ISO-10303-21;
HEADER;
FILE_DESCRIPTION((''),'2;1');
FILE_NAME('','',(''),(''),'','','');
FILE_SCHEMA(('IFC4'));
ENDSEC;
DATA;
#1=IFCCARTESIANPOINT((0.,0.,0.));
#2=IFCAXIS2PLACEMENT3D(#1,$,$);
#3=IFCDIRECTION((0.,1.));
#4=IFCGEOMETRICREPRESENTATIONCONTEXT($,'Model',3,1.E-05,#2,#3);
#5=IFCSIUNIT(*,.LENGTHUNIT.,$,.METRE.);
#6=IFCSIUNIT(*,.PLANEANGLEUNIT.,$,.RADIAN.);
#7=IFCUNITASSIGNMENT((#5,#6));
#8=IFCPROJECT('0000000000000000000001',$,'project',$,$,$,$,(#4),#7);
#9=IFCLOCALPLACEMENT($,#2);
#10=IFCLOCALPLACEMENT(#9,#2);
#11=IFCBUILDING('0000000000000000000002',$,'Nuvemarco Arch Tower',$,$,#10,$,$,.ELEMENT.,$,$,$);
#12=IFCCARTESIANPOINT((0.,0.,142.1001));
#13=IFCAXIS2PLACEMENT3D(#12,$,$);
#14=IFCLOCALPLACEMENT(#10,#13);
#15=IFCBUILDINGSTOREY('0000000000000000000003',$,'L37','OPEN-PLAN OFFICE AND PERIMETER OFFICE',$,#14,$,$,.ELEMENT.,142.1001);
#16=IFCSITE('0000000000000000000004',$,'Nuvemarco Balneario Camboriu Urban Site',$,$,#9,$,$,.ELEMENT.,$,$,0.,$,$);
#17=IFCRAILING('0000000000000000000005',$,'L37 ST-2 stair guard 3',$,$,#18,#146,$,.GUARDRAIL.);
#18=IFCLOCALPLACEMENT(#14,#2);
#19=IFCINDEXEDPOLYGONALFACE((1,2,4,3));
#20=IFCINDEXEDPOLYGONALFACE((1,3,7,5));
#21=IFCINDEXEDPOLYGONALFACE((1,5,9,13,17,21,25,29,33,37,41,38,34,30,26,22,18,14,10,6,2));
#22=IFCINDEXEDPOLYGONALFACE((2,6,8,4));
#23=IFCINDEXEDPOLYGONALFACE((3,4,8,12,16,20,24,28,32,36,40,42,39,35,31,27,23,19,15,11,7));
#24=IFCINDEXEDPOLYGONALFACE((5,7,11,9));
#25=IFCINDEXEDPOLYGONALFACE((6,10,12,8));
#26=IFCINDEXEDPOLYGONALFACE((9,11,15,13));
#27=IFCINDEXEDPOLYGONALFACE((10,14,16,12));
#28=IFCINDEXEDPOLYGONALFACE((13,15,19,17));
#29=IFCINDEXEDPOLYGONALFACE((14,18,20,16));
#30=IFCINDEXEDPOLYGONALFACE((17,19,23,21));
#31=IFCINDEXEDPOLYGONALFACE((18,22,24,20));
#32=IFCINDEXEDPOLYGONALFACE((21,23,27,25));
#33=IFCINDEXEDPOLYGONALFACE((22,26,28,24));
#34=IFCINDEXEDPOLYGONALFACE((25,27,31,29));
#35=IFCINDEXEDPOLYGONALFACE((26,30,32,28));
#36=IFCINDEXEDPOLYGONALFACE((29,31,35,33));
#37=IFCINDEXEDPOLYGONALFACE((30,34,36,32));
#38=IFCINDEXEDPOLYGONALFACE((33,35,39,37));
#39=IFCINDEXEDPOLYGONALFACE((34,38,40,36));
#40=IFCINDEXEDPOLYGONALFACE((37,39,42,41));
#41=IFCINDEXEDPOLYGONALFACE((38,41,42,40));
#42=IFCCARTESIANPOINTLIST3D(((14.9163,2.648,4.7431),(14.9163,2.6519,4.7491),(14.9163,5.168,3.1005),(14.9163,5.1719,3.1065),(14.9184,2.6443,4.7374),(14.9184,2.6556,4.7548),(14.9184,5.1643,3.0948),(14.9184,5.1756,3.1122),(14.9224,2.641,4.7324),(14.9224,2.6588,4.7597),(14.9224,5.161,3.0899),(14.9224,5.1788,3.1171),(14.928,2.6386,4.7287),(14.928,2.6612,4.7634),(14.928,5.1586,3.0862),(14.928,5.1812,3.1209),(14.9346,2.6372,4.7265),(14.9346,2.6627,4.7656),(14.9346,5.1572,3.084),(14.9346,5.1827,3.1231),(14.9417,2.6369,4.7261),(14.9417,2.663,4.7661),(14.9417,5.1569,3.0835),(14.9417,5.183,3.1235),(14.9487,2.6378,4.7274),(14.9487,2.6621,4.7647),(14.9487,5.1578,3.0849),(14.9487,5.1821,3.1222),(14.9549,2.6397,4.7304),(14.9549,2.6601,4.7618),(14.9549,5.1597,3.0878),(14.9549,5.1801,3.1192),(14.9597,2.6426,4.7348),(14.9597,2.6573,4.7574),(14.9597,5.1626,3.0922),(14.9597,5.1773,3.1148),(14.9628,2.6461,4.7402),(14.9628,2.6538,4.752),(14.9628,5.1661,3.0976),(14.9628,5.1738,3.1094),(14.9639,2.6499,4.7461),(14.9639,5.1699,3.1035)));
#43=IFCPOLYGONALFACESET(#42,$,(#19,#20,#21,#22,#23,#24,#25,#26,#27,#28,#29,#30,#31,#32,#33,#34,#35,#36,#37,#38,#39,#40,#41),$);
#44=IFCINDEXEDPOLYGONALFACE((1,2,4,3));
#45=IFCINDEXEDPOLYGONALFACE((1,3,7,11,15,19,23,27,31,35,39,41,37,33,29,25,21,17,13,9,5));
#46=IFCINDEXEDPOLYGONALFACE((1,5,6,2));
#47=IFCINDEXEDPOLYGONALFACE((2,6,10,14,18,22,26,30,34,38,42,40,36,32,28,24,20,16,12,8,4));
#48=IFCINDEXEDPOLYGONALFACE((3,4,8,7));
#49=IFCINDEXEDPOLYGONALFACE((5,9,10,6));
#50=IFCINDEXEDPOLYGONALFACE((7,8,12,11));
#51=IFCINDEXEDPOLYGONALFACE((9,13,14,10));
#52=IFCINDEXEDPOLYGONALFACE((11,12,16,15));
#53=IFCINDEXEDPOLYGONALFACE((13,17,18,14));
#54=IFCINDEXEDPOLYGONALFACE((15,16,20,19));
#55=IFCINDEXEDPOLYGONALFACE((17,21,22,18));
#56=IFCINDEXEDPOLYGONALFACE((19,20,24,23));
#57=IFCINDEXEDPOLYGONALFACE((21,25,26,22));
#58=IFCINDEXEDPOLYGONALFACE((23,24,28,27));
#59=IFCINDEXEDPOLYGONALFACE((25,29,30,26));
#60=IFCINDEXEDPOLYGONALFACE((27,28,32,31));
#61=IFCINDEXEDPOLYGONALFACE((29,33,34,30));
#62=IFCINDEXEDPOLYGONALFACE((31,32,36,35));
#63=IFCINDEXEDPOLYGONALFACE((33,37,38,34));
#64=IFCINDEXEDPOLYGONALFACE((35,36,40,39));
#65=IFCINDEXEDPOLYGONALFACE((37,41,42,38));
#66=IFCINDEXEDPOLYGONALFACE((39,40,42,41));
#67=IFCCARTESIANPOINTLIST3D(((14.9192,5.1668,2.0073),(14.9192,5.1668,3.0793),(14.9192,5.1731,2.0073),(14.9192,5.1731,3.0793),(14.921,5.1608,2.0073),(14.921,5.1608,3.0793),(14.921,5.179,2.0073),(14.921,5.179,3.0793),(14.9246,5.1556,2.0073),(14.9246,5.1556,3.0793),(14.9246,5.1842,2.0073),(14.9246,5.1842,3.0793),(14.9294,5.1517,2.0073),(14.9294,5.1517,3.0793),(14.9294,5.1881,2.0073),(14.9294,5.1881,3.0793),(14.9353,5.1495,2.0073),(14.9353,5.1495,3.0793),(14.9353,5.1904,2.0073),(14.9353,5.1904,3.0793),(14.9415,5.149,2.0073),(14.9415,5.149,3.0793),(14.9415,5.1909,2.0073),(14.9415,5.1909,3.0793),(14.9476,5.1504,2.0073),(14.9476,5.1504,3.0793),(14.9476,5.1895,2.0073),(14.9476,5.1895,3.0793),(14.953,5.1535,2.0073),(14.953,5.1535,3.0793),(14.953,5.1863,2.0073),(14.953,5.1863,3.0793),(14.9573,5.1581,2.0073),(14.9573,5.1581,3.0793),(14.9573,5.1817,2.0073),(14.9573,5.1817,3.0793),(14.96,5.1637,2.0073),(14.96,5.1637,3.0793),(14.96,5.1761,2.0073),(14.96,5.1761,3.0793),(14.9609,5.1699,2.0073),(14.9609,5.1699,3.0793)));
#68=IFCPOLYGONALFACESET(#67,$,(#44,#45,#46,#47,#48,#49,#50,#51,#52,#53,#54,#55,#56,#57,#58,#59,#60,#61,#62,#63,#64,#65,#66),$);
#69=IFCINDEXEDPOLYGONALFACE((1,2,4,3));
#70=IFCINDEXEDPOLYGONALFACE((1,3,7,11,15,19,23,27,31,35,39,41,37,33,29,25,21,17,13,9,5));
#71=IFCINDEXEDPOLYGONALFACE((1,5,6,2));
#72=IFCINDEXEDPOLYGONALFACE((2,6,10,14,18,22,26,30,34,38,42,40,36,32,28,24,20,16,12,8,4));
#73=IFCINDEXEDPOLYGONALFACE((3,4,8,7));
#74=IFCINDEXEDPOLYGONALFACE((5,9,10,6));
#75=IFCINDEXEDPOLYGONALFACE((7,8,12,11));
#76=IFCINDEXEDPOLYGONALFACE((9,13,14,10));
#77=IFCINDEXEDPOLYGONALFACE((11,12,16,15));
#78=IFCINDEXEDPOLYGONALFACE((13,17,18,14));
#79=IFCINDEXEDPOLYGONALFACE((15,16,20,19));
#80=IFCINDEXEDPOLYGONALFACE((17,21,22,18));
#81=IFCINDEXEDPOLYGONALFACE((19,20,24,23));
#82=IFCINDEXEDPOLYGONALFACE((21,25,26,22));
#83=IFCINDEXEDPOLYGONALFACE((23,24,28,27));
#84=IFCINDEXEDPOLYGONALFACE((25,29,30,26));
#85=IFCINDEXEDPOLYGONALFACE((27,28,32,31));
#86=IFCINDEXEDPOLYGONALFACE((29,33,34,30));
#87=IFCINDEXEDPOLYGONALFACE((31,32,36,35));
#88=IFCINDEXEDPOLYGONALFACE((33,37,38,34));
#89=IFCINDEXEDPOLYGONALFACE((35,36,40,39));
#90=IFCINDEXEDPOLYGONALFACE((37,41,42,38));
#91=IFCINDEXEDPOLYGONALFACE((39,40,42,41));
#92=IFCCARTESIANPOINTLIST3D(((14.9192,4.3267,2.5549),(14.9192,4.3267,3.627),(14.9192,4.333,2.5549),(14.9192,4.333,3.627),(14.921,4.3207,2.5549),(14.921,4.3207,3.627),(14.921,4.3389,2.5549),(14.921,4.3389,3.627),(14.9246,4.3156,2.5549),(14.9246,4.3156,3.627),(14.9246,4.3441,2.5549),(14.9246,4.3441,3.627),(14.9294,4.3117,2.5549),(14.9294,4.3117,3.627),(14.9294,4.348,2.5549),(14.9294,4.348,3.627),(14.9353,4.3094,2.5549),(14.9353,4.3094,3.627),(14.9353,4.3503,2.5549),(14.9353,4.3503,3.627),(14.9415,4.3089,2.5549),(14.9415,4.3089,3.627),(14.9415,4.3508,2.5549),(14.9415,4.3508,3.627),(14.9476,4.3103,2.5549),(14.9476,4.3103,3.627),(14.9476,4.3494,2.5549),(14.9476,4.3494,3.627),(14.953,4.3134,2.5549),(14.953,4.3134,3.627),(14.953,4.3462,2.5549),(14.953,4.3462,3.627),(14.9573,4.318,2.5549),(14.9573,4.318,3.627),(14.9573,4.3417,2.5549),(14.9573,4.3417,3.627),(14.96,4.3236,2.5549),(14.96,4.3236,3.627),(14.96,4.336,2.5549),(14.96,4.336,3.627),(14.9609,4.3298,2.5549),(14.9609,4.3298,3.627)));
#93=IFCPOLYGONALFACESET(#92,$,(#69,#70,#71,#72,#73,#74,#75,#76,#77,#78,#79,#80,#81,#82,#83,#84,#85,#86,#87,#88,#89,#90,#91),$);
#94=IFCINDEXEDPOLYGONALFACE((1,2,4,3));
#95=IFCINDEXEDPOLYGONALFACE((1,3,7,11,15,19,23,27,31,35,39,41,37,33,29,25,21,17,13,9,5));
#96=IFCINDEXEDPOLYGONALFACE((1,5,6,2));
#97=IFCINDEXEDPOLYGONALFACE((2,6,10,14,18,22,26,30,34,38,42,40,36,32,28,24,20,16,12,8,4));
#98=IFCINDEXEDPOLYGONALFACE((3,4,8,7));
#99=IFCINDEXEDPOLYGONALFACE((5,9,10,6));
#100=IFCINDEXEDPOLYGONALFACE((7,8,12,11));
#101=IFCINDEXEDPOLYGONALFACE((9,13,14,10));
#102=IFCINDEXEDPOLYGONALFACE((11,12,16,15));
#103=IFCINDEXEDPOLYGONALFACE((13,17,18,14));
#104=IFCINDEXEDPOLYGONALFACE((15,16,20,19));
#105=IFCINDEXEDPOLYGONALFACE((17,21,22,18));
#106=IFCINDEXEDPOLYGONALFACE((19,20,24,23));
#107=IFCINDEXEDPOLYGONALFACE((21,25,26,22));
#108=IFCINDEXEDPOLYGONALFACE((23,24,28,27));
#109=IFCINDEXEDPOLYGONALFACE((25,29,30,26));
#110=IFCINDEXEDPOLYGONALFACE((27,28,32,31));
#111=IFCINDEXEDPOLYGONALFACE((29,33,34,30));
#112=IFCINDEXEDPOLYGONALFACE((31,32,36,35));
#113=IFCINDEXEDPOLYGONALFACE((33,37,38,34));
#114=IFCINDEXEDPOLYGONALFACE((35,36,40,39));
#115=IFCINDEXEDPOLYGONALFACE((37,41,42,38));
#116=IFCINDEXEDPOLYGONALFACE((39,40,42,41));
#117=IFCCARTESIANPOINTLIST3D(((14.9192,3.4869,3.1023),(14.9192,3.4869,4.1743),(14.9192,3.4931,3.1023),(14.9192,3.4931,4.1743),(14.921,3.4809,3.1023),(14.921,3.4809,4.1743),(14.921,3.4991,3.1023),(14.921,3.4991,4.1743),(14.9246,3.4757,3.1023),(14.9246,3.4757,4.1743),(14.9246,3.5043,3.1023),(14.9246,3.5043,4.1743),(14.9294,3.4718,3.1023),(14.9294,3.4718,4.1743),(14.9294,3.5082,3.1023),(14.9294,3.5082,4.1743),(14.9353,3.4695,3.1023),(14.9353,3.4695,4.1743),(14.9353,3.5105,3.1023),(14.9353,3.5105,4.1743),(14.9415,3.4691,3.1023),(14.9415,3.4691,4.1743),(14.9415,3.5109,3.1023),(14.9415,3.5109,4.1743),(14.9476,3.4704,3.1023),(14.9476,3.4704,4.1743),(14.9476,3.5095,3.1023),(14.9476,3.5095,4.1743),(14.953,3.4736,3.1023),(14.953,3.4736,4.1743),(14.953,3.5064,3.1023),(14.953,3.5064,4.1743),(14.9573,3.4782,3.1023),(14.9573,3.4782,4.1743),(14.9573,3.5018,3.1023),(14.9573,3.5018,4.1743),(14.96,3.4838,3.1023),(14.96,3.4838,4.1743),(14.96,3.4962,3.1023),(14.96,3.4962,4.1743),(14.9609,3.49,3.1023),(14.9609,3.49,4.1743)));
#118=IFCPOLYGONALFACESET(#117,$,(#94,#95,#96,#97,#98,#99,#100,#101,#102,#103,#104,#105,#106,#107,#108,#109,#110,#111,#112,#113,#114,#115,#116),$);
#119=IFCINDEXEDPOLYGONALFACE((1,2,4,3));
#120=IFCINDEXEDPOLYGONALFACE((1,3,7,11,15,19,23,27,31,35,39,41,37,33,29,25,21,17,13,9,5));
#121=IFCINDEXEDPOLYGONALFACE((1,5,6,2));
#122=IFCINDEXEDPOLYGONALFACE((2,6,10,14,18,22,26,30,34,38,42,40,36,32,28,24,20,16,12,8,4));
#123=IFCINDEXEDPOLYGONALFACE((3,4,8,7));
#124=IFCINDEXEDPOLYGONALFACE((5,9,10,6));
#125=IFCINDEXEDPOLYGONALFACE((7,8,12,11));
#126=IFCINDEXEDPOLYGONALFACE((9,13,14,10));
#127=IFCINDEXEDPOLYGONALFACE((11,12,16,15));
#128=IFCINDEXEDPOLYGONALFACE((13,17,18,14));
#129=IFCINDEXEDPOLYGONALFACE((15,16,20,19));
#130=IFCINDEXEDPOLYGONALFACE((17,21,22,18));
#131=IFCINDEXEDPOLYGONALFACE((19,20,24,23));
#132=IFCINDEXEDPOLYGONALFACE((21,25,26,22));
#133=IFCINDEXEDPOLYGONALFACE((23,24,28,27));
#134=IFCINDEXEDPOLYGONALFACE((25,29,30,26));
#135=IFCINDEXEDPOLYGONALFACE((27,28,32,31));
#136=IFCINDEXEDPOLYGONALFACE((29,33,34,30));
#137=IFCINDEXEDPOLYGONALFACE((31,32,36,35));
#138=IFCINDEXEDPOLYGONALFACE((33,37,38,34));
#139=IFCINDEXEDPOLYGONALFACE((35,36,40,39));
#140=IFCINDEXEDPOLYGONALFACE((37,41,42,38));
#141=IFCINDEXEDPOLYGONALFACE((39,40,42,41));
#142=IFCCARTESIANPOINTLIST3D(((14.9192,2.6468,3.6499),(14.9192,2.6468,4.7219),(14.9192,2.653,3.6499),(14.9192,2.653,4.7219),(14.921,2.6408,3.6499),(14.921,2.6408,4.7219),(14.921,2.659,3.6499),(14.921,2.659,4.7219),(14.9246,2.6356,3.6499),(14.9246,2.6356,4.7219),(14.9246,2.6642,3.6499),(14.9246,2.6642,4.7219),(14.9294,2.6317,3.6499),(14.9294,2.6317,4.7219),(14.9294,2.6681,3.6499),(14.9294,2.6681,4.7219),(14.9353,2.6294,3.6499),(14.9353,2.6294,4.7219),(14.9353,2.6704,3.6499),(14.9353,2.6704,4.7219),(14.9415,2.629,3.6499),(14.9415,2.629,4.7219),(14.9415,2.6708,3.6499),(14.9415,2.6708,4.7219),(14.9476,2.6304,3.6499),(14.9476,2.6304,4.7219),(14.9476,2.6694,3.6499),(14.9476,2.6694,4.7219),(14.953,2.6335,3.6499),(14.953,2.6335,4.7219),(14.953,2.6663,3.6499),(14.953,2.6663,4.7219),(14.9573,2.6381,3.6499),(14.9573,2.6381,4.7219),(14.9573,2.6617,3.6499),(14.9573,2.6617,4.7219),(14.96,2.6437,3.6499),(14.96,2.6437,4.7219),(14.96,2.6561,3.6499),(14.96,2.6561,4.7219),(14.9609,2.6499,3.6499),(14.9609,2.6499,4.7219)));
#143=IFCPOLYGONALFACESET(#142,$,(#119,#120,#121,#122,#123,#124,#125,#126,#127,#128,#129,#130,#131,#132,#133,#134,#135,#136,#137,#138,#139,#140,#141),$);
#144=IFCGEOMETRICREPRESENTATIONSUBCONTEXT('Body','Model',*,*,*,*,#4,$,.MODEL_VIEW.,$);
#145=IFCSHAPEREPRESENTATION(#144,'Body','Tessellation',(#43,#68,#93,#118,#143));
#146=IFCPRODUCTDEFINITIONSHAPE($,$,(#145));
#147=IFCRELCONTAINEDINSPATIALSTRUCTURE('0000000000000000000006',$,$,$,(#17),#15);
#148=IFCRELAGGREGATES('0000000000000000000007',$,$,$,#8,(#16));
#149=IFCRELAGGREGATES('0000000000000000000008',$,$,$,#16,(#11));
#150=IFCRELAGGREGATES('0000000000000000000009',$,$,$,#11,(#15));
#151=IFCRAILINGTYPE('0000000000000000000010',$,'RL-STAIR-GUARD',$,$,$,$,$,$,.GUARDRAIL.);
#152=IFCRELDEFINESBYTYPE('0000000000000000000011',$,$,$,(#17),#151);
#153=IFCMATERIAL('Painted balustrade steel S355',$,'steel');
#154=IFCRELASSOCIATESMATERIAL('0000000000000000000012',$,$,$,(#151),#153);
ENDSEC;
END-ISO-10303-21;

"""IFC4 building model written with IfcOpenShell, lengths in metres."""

from ifc_helpers import new_model, si_unit, direction, frame, origin, origin_2d, place, context, subcontext, project, spatial, circle, extrude, material, type_object, element, save


model = new_model("IFC4")

# Units and contexts
model_context = context("Model", 3, precision=1e-05, world=origin(), true_north=direction((0.0, 1.0)))
body_context = subcontext(model_context, "Body", "Model", "MODEL_VIEW")
ifc_project = project(units=[si_unit("LENGTHUNIT", "METRE"), si_unit("PLANEANGLEUNIT", "RADIAN")], contexts=[model_context])

# Site, building, storey
site_placement = place(None, origin())
site = spatial("IfcSite", under=ifc_project, at=site_placement, Name="Nuvemarco Balneario Camboriu Urban Site", CompositionType="ELEMENT", RefElevation=0.0)
building_placement = place(site_placement, origin())
building = spatial("IfcBuilding", under=site, at=building_placement, Name="Nuvemarco Arch Tower", CompositionType="ELEMENT")
storey_placement = place(building_placement, frame((0.0, 0.0, 142.1001)))
storey = spatial("IfcBuildingStorey", under=building, at=storey_placement, Name="L37", Description="OPEN-PLAN OFFICE AND PERIMETER OFFICE", CompositionType="ELEMENT", Elevation=142.1001)

# Railing
ifc_material_1 = material(Name="Painted balustrade steel S355", Category="steel")
railing_type_1 = type_object("IfcRailingType", Name="RL-STAIR-GUARD", PredefinedType="GUARDRAIL", material=ifc_material_1)
railing_1_placement = place(storey_placement, frame((14.9399, 5.1699, 2.0073)))
element("IfcRailing", 1, at=railing_1_placement, inside=storey, type_object=railing_type_1, Name="L37 ST-2 stair guard 3", PredefinedType="GUARDRAIL", context=body_context, shape_type="SweptSolid", body=[
    extrude(circle(Radius=0.0239, at=origin_2d()), frame((0.0, 0.0, 1.0962), z_axis=(0.0, -0.837749, 0.546055), x_axis=(1.0, 0.0, 0.0)), (0.0, 0.0, 1.0), 3.0081),
    extrude(circle(Radius=0.021, at=origin_2d()), origin(), (0.0, 0.0, 1.0), 1.072),
    extrude(circle(Radius=0.021, at=origin_2d()), frame((0.0, -0.8401, 0.5476)), (0.0, 0.0, 1.0), 1.072),
    extrude(circle(Radius=0.021, at=origin_2d()), frame((0.0, -1.6799, 1.095)), (0.0, 0.0, 1.0), 1.072),
    extrude(circle(Radius=0.021, at=origin_2d()), frame((0.0, -2.52, 1.6426)), (0.0, 0.0, 1.0), 1.072),
])

save(model, "model.ifc")
